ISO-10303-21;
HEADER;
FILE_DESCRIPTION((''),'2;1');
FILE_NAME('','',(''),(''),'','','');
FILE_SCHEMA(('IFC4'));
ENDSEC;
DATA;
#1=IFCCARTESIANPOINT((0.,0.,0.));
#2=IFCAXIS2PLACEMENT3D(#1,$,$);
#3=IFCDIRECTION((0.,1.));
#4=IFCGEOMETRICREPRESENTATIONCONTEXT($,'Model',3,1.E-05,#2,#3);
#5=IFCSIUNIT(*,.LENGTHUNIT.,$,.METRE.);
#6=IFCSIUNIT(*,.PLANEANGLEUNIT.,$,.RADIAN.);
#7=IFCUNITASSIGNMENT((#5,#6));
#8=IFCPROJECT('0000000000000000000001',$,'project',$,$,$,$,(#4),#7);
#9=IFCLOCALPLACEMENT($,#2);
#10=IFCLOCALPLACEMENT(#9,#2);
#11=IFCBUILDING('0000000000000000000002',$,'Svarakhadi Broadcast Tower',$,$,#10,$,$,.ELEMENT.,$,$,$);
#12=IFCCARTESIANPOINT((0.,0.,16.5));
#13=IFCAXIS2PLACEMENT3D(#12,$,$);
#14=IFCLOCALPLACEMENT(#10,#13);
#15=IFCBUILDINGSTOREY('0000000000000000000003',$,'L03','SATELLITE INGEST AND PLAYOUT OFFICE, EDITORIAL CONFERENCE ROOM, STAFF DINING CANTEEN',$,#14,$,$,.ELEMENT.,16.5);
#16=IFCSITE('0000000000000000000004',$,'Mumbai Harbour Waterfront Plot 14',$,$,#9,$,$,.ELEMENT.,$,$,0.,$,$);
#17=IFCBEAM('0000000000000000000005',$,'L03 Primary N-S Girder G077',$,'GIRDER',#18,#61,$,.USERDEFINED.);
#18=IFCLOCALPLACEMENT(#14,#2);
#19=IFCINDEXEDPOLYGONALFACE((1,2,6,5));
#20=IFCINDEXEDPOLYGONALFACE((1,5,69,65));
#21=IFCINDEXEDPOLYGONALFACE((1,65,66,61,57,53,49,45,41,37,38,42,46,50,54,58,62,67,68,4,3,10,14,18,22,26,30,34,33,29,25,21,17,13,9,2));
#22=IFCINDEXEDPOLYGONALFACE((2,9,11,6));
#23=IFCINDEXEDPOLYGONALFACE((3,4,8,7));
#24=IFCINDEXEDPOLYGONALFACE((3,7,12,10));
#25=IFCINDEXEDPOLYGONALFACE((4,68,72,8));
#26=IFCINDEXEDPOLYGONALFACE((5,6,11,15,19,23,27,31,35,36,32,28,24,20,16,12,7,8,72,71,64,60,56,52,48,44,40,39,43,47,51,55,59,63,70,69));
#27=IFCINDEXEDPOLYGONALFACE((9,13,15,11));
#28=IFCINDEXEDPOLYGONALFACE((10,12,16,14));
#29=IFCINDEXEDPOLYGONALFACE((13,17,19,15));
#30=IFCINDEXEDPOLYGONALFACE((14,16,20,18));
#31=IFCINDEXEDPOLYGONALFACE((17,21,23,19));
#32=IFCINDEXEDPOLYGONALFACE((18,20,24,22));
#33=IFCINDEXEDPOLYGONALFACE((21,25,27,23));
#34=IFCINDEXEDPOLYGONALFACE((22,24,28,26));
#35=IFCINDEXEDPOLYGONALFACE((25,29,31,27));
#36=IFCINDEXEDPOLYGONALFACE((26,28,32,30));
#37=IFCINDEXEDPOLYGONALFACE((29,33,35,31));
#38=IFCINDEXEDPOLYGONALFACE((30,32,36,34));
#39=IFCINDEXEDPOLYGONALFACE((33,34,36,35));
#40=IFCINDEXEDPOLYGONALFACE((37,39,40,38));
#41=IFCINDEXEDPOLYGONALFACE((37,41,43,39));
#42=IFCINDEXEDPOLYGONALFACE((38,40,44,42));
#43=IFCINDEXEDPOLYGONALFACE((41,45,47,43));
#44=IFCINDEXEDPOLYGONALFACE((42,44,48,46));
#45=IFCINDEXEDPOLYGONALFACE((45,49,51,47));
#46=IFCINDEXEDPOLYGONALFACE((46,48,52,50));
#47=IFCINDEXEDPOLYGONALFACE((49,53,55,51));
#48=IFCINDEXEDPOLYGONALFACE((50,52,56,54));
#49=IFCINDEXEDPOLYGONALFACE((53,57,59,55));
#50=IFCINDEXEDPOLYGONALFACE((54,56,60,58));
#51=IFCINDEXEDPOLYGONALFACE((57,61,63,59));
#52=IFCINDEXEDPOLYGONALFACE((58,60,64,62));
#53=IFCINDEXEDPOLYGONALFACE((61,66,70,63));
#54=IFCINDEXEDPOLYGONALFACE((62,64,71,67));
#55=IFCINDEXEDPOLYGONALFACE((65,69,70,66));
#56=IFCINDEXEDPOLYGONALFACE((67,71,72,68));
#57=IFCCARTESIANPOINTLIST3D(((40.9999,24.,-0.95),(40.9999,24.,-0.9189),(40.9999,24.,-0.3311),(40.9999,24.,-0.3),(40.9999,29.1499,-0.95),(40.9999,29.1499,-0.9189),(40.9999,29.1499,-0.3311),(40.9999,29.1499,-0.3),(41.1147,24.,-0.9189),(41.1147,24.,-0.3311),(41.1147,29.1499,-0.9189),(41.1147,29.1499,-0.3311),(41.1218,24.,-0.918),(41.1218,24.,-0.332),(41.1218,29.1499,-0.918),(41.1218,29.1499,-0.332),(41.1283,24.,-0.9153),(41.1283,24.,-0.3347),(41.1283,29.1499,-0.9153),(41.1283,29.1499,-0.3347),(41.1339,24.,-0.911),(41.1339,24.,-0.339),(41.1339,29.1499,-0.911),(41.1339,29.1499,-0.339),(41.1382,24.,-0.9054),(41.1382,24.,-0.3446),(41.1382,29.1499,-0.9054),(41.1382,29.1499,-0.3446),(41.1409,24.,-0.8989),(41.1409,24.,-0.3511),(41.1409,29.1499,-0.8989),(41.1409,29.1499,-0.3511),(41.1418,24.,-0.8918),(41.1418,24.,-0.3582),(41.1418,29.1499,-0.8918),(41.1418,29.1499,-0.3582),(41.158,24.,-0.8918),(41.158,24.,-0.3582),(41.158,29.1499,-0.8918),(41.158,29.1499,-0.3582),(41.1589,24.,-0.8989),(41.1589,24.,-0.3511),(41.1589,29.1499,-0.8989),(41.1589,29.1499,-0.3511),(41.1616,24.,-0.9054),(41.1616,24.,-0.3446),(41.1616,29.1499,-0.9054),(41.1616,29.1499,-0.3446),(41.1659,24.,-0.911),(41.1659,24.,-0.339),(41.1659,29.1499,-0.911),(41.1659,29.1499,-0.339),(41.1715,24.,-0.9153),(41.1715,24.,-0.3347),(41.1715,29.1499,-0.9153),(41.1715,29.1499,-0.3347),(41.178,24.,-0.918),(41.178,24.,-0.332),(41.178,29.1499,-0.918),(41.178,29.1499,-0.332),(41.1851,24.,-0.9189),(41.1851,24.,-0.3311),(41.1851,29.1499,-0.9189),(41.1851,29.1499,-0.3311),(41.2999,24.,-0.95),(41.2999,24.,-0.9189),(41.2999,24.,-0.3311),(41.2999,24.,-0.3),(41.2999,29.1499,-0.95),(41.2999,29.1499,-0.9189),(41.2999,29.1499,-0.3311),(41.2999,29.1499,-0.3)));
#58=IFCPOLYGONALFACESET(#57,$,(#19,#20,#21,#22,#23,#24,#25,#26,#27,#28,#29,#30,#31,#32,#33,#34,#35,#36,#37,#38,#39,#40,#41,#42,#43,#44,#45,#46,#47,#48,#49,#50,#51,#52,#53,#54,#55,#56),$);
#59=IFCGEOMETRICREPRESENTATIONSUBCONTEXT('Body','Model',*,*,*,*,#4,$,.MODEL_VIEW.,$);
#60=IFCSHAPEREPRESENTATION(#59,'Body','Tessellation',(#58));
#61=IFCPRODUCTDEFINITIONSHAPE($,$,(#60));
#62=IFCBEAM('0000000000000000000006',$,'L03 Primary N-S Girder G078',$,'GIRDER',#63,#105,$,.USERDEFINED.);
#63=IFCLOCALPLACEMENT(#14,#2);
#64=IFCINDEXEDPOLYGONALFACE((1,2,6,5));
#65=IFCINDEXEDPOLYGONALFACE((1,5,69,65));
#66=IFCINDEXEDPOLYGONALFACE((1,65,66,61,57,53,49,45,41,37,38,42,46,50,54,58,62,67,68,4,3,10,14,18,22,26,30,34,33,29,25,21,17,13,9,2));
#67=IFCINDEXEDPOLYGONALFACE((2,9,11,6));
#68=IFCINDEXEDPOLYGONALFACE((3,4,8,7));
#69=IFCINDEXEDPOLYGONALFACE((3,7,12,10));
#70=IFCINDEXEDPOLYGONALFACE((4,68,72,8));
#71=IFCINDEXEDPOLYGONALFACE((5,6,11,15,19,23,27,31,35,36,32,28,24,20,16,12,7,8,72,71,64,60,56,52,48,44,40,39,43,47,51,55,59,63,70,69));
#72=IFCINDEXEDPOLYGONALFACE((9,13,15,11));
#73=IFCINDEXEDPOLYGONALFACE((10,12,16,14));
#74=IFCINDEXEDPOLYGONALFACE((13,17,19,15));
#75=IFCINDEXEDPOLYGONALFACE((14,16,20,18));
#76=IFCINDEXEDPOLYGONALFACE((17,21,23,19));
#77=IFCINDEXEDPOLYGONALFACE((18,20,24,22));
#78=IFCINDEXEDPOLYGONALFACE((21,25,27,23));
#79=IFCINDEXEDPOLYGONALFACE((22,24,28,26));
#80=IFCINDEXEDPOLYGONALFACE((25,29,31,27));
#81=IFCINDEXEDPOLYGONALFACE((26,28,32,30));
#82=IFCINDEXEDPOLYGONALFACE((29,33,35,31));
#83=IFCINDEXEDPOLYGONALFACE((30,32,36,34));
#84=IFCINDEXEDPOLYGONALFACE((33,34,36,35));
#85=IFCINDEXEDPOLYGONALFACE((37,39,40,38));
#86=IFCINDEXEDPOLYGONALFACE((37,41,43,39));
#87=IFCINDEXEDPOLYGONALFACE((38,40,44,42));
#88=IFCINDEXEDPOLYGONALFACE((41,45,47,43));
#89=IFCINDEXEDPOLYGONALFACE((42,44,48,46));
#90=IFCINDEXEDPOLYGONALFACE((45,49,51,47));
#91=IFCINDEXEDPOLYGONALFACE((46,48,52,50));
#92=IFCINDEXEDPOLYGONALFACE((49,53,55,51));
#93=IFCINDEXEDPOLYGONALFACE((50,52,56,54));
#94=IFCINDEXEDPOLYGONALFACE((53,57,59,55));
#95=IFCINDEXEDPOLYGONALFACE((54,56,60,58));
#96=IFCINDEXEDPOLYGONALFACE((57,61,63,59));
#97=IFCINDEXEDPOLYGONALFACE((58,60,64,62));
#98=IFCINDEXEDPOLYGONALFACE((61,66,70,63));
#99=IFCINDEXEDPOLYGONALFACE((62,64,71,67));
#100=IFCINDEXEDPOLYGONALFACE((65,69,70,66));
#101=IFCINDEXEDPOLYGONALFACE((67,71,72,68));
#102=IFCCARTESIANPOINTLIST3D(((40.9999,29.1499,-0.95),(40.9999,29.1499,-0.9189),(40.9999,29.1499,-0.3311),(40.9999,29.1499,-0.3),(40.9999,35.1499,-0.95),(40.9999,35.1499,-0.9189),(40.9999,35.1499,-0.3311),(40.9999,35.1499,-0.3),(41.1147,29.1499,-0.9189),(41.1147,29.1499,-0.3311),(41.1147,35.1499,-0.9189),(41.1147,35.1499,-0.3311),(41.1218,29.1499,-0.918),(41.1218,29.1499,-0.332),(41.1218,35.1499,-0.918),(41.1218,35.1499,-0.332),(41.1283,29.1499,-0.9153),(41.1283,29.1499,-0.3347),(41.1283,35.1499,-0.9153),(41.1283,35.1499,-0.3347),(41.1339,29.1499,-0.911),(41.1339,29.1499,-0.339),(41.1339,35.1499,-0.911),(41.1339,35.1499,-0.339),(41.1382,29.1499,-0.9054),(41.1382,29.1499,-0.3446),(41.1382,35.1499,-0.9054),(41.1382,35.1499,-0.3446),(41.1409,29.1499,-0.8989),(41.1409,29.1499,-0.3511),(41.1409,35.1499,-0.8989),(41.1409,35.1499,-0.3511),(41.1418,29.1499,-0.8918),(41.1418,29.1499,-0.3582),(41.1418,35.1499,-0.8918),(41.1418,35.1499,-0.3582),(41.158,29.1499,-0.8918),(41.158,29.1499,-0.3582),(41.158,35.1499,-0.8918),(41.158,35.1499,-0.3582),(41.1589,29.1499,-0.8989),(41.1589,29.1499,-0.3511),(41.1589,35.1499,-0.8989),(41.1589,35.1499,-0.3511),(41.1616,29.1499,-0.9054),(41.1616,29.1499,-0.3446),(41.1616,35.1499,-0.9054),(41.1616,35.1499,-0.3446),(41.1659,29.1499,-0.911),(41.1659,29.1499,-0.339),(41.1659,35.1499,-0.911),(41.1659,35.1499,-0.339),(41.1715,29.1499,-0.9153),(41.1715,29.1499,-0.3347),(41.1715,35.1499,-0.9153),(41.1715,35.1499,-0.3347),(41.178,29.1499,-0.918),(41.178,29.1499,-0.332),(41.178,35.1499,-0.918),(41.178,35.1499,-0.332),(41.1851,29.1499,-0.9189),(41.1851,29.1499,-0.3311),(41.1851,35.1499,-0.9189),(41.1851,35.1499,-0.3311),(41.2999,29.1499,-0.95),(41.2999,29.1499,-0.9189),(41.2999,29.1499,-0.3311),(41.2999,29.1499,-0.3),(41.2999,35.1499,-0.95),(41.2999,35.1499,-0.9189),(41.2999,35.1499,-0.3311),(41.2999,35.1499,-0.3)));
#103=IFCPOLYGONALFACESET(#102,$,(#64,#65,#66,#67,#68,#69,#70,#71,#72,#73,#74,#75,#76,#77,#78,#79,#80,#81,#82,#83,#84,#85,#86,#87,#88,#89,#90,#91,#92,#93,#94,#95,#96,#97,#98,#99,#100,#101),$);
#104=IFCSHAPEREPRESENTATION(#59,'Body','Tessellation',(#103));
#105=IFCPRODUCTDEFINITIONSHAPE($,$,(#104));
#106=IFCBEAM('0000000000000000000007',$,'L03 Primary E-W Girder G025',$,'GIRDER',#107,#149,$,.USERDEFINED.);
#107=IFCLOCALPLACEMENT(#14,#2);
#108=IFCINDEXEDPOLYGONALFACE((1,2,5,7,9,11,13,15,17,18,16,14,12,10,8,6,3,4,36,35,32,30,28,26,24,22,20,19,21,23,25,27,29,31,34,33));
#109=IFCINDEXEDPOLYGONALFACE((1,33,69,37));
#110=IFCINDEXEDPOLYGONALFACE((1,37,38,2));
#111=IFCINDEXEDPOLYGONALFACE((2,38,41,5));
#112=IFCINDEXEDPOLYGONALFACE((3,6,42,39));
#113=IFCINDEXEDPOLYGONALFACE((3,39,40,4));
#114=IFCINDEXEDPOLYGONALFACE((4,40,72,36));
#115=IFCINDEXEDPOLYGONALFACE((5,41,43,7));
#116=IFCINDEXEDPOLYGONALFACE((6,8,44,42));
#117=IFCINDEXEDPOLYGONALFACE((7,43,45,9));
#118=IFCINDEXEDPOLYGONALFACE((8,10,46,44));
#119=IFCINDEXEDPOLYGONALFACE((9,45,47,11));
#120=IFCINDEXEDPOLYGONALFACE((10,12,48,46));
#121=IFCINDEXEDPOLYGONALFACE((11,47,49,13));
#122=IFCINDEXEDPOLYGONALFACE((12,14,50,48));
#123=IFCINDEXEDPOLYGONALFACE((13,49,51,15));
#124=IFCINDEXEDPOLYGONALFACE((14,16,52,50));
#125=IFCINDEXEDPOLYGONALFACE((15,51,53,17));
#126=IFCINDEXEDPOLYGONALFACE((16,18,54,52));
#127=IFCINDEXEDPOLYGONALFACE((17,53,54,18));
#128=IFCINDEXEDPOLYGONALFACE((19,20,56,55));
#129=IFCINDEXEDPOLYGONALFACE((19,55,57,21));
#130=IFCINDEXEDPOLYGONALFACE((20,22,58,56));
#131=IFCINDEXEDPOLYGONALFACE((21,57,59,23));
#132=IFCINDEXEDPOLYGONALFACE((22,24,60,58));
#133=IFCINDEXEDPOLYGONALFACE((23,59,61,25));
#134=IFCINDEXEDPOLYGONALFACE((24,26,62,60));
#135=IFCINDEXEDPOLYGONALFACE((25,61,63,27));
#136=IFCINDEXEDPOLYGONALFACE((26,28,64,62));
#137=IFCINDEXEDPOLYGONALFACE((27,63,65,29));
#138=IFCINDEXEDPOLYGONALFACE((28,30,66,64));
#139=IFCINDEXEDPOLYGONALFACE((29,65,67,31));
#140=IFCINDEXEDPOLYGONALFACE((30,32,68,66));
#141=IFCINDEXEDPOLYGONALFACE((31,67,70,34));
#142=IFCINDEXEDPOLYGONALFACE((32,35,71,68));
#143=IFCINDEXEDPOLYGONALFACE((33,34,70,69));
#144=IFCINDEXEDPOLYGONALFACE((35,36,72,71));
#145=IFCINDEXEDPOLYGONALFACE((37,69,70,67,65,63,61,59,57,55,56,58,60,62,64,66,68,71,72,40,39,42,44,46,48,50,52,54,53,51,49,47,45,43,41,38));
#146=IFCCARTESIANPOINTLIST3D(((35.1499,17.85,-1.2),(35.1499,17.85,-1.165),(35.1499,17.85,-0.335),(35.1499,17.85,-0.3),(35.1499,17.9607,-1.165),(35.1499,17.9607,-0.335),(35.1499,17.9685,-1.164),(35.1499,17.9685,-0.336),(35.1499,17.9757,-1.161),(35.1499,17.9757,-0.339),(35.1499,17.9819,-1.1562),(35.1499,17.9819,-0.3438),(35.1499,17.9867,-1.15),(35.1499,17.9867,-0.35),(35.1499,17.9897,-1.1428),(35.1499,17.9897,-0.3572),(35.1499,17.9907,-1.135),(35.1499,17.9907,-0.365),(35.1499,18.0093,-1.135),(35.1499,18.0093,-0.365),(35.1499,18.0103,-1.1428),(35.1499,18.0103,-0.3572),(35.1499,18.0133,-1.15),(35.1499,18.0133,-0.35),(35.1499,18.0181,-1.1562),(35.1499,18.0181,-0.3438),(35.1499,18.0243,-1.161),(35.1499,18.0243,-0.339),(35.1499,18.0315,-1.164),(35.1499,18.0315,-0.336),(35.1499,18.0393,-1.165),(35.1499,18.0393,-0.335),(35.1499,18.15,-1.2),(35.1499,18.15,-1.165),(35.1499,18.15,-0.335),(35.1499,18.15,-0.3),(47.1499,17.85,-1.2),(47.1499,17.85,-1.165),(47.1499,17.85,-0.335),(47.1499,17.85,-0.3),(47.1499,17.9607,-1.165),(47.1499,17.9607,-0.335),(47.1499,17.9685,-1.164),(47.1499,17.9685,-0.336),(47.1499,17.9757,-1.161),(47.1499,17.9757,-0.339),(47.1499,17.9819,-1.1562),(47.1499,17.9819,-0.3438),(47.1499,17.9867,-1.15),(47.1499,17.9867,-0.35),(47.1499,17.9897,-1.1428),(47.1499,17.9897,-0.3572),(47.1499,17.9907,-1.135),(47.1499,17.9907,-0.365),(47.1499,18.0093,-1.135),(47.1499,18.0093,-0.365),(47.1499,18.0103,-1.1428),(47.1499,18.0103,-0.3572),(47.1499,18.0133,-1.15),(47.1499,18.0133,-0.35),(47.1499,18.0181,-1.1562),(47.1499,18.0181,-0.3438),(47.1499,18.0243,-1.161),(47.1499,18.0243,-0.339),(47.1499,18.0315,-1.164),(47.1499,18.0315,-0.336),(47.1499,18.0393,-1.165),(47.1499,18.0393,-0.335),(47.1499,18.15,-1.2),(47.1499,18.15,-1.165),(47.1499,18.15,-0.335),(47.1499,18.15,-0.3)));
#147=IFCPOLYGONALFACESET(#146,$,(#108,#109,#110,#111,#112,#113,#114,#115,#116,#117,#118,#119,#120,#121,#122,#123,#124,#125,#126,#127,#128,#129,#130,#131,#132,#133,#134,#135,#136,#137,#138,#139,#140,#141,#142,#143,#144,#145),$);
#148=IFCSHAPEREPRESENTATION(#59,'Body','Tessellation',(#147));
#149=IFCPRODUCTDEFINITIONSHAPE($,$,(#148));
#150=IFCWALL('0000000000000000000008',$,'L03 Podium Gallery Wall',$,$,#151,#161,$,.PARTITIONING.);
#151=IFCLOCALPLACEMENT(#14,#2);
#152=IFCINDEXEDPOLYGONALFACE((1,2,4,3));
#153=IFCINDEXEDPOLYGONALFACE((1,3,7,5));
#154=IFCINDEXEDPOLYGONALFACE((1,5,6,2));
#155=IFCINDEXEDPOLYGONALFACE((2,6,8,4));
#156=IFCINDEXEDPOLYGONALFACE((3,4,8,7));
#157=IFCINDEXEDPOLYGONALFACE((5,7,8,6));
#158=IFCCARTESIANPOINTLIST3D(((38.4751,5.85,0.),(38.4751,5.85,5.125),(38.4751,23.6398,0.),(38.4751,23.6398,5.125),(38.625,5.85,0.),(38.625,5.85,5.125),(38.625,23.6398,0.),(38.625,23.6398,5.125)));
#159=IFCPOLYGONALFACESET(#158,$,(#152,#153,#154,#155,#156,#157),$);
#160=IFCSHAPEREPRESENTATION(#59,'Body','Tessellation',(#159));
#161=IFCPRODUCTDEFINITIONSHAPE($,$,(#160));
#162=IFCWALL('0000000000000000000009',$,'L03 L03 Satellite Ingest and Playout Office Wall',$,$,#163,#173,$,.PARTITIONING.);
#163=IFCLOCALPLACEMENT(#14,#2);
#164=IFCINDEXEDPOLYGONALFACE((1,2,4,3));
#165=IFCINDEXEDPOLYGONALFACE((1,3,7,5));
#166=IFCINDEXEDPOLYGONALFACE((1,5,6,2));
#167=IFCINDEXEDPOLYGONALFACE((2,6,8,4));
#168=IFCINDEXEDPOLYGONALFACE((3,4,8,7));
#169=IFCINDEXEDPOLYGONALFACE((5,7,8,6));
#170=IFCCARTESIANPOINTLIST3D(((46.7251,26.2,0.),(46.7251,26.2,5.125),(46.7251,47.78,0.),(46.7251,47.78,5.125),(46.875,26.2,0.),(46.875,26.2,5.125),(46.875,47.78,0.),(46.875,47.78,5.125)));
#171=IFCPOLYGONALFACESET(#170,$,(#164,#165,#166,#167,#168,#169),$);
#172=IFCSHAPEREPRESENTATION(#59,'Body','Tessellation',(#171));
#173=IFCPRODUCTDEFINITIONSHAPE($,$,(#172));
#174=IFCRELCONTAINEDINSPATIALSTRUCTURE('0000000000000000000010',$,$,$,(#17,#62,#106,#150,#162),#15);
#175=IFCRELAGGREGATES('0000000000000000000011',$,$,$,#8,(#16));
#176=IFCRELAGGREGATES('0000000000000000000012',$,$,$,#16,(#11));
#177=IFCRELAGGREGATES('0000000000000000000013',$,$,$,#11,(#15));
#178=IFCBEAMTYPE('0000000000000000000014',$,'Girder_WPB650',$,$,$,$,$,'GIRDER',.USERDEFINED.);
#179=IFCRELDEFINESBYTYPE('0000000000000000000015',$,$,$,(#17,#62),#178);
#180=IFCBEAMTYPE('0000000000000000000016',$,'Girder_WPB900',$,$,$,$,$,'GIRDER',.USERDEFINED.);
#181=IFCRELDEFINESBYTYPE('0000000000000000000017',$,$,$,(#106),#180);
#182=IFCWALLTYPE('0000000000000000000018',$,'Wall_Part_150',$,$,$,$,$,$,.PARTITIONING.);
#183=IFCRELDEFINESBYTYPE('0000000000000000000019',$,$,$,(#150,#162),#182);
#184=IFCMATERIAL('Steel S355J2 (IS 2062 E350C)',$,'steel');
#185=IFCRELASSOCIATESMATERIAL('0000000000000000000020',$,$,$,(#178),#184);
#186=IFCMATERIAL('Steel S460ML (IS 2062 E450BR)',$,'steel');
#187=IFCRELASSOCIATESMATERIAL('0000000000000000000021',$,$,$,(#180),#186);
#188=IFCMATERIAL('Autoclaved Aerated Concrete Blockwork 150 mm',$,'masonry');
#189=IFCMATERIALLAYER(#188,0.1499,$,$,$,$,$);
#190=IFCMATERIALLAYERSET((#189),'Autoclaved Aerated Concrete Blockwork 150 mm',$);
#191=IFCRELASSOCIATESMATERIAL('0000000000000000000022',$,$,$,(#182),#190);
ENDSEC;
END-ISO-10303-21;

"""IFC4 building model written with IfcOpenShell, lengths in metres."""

from ifc_helpers import new_model, si_unit, direction, frame, frame_2d, origin, origin_2d, place, context, subcontext, project, spatial, rectangle, i_section, extrude, material, layer, layer_set, material_profile, profile_set, type_object, element, save


model = new_model("IFC4")

# Units and contexts
model_context = context("Model", 3, precision=1e-05, world=origin(), true_north=direction((0.0, 1.0)))
body_context = subcontext(model_context, "Body", "Model", "MODEL_VIEW")
ifc_project = project(units=[si_unit("LENGTHUNIT", "METRE"), si_unit("PLANEANGLEUNIT", "RADIAN")], contexts=[model_context])

# Site, building, storey
site_placement = place(None, origin())
site = spatial("IfcSite", under=ifc_project, at=site_placement, Name="Mumbai Harbour Waterfront Plot 14", CompositionType="ELEMENT", RefElevation=0.0)
building_placement = place(site_placement, origin())
building = spatial("IfcBuilding", under=site, at=building_placement, Name="Svarakhadi Broadcast Tower", CompositionType="ELEMENT")
storey_placement = place(building_placement, frame((0.0, 0.0, 16.5)))
storey = spatial("IfcBuildingStorey", under=building, at=storey_placement, Name="L03", Description="SATELLITE INGEST AND PLAYOUT OFFICE, EDITORIAL CONFERENCE ROOM, STAFF DINING CANTEEN", CompositionType="ELEMENT", Elevation=16.5)

# Shared definitions
ifc_material_1 = material(Name="Steel S460ML (IS 2062 E450BR)", Category="steel")

# Beams
ifc_material_2 = material(Name="Steel S355J2 (IS 2062 E350C)", Category="steel")
ifc_material_profile_1 = material_profile(ifc_material_2, i_section(OverallWidth=0.3, OverallDepth=0.6499, WebThickness=0.0161, FlangeThickness=0.031, FilletRadius=0.0271, at=origin_2d()), Name="WPB 650x300x225")
ifc_profile_set_1 = profile_set([ifc_material_profile_1], Name="Steel S355J2 (IS 2062 E350C)")
beam_type_1 = type_object("IfcBeamType", Name="Girder_WPB650", ElementType="GIRDER", PredefinedType="USERDEFINED", material=ifc_profile_set_1)
beam_1_placement = place(storey_placement, frame((41.1499, 24.0, -0.625), z_axis=(0.0, 1.0, 0.0), x_axis=(-1.0, 0.0, 0.0)))
element("IfcBeam", 1, at=beam_1_placement, inside=storey, type_object=beam_type_1, Name="L03 Primary N-S Girder G077", ObjectType="GIRDER", PredefinedType="USERDEFINED", context=body_context, shape_type="SweptSolid", body=[
    extrude(i_section(OverallWidth=0.3, OverallDepth=0.6499, WebThickness=0.0161, FlangeThickness=0.031, FilletRadius=0.0271, at=origin_2d()), origin(), (0.0, 0.0, 1.0), 5.1499),
])
beam_2_placement = place(storey_placement, frame((41.1499, 29.1499, -0.625), z_axis=(0.0, 1.0, 0.0), x_axis=(-1.0, 0.0, 0.0)))
element("IfcBeam", 2, at=beam_2_placement, inside=storey, type_object=beam_type_1, Name="L03 Primary N-S Girder G078", ObjectType="GIRDER", PredefinedType="USERDEFINED", context=body_context, shape_type="SweptSolid", body=[
    extrude(i_section(OverallWidth=0.3, OverallDepth=0.6499, WebThickness=0.0161, FlangeThickness=0.031, FilletRadius=0.0271, at=origin_2d()), origin(), (0.0, 0.0, 1.0), 6.0),
])
ifc_material_profile_2 = material_profile(ifc_material_1, i_section(OverallWidth=0.3, OverallDepth=0.8999, WebThickness=0.0186, FlangeThickness=0.0349, FilletRadius=0.03, at=origin_2d()), Name="WPB 900x300x291")
ifc_profile_set_2 = profile_set([ifc_material_profile_2], Name="Steel S460ML (IS 2062 E450BR)")
beam_type_2 = type_object("IfcBeamType", Name="Girder_WPB900", ElementType="GIRDER", PredefinedType="USERDEFINED", material=ifc_profile_set_2)
beam_3_placement = place(storey_placement, frame((35.1499, 18.0, -0.75), z_axis=(1.0, 0.0, 0.0), x_axis=(0.0, 1.0, 0.0)))
element("IfcBeam", 3, at=beam_3_placement, inside=storey, type_object=beam_type_2, Name="L03 Primary E-W Girder G025", ObjectType="GIRDER", PredefinedType="USERDEFINED", context=body_context, shape_type="SweptSolid", body=[
    extrude(i_section(OverallWidth=0.3, OverallDepth=0.8999, WebThickness=0.0186, FlangeThickness=0.0349, FilletRadius=0.03, at=origin_2d()), origin(), (0.0, 0.0, 1.0), 12.0),
])

# Walls
ifc_material_3 = material(Name="Autoclaved Aerated Concrete Blockwork 150 mm", Category="masonry")
ifc_layer = layer(ifc_material_3, 0.1499)
ifc_layer_set = layer_set([ifc_layer], Name="Autoclaved Aerated Concrete Blockwork 150 mm")
wall_type = type_object("IfcWallType", Name="Wall_Part_150", PredefinedType="PARTITIONING", material=ifc_layer_set)
wall_1_placement = place(storey_placement, frame((38.55, 23.6399, 0.0), z_axis=(0.0, 0.0, 1.0), x_axis=(0.0, -1.0, 0.0)))
element("IfcWall", 4, at=wall_1_placement, inside=storey, type_object=wall_type, Name="L03 Podium Gallery Wall", PredefinedType="PARTITIONING", context=body_context, shape_type="SweptSolid", body=[
    extrude(rectangle(XDim=17.7898, YDim=0.1499, at=frame_2d((8.895, 0.0))), origin(), (0.0, 0.0, 1.0), 5.125),
])
wall_2_placement = place(storey_placement, frame((46.8, 26.2, 0.0), z_axis=(0.0, 0.0, 1.0), x_axis=(0.0, 1.0, 0.0)))
element("IfcWall", 5, at=wall_2_placement, inside=storey, type_object=wall_type, Name="L03 L03 Satellite Ingest and Playout Office Wall", PredefinedType="PARTITIONING", context=body_context, shape_type="SweptSolid", body=[
    extrude(rectangle(XDim=21.5801, YDim=0.1499, at=frame_2d((10.79, 0.0))), origin(), (0.0, 0.0, 1.0), 5.125),
])

save(model, "model.ifc")
